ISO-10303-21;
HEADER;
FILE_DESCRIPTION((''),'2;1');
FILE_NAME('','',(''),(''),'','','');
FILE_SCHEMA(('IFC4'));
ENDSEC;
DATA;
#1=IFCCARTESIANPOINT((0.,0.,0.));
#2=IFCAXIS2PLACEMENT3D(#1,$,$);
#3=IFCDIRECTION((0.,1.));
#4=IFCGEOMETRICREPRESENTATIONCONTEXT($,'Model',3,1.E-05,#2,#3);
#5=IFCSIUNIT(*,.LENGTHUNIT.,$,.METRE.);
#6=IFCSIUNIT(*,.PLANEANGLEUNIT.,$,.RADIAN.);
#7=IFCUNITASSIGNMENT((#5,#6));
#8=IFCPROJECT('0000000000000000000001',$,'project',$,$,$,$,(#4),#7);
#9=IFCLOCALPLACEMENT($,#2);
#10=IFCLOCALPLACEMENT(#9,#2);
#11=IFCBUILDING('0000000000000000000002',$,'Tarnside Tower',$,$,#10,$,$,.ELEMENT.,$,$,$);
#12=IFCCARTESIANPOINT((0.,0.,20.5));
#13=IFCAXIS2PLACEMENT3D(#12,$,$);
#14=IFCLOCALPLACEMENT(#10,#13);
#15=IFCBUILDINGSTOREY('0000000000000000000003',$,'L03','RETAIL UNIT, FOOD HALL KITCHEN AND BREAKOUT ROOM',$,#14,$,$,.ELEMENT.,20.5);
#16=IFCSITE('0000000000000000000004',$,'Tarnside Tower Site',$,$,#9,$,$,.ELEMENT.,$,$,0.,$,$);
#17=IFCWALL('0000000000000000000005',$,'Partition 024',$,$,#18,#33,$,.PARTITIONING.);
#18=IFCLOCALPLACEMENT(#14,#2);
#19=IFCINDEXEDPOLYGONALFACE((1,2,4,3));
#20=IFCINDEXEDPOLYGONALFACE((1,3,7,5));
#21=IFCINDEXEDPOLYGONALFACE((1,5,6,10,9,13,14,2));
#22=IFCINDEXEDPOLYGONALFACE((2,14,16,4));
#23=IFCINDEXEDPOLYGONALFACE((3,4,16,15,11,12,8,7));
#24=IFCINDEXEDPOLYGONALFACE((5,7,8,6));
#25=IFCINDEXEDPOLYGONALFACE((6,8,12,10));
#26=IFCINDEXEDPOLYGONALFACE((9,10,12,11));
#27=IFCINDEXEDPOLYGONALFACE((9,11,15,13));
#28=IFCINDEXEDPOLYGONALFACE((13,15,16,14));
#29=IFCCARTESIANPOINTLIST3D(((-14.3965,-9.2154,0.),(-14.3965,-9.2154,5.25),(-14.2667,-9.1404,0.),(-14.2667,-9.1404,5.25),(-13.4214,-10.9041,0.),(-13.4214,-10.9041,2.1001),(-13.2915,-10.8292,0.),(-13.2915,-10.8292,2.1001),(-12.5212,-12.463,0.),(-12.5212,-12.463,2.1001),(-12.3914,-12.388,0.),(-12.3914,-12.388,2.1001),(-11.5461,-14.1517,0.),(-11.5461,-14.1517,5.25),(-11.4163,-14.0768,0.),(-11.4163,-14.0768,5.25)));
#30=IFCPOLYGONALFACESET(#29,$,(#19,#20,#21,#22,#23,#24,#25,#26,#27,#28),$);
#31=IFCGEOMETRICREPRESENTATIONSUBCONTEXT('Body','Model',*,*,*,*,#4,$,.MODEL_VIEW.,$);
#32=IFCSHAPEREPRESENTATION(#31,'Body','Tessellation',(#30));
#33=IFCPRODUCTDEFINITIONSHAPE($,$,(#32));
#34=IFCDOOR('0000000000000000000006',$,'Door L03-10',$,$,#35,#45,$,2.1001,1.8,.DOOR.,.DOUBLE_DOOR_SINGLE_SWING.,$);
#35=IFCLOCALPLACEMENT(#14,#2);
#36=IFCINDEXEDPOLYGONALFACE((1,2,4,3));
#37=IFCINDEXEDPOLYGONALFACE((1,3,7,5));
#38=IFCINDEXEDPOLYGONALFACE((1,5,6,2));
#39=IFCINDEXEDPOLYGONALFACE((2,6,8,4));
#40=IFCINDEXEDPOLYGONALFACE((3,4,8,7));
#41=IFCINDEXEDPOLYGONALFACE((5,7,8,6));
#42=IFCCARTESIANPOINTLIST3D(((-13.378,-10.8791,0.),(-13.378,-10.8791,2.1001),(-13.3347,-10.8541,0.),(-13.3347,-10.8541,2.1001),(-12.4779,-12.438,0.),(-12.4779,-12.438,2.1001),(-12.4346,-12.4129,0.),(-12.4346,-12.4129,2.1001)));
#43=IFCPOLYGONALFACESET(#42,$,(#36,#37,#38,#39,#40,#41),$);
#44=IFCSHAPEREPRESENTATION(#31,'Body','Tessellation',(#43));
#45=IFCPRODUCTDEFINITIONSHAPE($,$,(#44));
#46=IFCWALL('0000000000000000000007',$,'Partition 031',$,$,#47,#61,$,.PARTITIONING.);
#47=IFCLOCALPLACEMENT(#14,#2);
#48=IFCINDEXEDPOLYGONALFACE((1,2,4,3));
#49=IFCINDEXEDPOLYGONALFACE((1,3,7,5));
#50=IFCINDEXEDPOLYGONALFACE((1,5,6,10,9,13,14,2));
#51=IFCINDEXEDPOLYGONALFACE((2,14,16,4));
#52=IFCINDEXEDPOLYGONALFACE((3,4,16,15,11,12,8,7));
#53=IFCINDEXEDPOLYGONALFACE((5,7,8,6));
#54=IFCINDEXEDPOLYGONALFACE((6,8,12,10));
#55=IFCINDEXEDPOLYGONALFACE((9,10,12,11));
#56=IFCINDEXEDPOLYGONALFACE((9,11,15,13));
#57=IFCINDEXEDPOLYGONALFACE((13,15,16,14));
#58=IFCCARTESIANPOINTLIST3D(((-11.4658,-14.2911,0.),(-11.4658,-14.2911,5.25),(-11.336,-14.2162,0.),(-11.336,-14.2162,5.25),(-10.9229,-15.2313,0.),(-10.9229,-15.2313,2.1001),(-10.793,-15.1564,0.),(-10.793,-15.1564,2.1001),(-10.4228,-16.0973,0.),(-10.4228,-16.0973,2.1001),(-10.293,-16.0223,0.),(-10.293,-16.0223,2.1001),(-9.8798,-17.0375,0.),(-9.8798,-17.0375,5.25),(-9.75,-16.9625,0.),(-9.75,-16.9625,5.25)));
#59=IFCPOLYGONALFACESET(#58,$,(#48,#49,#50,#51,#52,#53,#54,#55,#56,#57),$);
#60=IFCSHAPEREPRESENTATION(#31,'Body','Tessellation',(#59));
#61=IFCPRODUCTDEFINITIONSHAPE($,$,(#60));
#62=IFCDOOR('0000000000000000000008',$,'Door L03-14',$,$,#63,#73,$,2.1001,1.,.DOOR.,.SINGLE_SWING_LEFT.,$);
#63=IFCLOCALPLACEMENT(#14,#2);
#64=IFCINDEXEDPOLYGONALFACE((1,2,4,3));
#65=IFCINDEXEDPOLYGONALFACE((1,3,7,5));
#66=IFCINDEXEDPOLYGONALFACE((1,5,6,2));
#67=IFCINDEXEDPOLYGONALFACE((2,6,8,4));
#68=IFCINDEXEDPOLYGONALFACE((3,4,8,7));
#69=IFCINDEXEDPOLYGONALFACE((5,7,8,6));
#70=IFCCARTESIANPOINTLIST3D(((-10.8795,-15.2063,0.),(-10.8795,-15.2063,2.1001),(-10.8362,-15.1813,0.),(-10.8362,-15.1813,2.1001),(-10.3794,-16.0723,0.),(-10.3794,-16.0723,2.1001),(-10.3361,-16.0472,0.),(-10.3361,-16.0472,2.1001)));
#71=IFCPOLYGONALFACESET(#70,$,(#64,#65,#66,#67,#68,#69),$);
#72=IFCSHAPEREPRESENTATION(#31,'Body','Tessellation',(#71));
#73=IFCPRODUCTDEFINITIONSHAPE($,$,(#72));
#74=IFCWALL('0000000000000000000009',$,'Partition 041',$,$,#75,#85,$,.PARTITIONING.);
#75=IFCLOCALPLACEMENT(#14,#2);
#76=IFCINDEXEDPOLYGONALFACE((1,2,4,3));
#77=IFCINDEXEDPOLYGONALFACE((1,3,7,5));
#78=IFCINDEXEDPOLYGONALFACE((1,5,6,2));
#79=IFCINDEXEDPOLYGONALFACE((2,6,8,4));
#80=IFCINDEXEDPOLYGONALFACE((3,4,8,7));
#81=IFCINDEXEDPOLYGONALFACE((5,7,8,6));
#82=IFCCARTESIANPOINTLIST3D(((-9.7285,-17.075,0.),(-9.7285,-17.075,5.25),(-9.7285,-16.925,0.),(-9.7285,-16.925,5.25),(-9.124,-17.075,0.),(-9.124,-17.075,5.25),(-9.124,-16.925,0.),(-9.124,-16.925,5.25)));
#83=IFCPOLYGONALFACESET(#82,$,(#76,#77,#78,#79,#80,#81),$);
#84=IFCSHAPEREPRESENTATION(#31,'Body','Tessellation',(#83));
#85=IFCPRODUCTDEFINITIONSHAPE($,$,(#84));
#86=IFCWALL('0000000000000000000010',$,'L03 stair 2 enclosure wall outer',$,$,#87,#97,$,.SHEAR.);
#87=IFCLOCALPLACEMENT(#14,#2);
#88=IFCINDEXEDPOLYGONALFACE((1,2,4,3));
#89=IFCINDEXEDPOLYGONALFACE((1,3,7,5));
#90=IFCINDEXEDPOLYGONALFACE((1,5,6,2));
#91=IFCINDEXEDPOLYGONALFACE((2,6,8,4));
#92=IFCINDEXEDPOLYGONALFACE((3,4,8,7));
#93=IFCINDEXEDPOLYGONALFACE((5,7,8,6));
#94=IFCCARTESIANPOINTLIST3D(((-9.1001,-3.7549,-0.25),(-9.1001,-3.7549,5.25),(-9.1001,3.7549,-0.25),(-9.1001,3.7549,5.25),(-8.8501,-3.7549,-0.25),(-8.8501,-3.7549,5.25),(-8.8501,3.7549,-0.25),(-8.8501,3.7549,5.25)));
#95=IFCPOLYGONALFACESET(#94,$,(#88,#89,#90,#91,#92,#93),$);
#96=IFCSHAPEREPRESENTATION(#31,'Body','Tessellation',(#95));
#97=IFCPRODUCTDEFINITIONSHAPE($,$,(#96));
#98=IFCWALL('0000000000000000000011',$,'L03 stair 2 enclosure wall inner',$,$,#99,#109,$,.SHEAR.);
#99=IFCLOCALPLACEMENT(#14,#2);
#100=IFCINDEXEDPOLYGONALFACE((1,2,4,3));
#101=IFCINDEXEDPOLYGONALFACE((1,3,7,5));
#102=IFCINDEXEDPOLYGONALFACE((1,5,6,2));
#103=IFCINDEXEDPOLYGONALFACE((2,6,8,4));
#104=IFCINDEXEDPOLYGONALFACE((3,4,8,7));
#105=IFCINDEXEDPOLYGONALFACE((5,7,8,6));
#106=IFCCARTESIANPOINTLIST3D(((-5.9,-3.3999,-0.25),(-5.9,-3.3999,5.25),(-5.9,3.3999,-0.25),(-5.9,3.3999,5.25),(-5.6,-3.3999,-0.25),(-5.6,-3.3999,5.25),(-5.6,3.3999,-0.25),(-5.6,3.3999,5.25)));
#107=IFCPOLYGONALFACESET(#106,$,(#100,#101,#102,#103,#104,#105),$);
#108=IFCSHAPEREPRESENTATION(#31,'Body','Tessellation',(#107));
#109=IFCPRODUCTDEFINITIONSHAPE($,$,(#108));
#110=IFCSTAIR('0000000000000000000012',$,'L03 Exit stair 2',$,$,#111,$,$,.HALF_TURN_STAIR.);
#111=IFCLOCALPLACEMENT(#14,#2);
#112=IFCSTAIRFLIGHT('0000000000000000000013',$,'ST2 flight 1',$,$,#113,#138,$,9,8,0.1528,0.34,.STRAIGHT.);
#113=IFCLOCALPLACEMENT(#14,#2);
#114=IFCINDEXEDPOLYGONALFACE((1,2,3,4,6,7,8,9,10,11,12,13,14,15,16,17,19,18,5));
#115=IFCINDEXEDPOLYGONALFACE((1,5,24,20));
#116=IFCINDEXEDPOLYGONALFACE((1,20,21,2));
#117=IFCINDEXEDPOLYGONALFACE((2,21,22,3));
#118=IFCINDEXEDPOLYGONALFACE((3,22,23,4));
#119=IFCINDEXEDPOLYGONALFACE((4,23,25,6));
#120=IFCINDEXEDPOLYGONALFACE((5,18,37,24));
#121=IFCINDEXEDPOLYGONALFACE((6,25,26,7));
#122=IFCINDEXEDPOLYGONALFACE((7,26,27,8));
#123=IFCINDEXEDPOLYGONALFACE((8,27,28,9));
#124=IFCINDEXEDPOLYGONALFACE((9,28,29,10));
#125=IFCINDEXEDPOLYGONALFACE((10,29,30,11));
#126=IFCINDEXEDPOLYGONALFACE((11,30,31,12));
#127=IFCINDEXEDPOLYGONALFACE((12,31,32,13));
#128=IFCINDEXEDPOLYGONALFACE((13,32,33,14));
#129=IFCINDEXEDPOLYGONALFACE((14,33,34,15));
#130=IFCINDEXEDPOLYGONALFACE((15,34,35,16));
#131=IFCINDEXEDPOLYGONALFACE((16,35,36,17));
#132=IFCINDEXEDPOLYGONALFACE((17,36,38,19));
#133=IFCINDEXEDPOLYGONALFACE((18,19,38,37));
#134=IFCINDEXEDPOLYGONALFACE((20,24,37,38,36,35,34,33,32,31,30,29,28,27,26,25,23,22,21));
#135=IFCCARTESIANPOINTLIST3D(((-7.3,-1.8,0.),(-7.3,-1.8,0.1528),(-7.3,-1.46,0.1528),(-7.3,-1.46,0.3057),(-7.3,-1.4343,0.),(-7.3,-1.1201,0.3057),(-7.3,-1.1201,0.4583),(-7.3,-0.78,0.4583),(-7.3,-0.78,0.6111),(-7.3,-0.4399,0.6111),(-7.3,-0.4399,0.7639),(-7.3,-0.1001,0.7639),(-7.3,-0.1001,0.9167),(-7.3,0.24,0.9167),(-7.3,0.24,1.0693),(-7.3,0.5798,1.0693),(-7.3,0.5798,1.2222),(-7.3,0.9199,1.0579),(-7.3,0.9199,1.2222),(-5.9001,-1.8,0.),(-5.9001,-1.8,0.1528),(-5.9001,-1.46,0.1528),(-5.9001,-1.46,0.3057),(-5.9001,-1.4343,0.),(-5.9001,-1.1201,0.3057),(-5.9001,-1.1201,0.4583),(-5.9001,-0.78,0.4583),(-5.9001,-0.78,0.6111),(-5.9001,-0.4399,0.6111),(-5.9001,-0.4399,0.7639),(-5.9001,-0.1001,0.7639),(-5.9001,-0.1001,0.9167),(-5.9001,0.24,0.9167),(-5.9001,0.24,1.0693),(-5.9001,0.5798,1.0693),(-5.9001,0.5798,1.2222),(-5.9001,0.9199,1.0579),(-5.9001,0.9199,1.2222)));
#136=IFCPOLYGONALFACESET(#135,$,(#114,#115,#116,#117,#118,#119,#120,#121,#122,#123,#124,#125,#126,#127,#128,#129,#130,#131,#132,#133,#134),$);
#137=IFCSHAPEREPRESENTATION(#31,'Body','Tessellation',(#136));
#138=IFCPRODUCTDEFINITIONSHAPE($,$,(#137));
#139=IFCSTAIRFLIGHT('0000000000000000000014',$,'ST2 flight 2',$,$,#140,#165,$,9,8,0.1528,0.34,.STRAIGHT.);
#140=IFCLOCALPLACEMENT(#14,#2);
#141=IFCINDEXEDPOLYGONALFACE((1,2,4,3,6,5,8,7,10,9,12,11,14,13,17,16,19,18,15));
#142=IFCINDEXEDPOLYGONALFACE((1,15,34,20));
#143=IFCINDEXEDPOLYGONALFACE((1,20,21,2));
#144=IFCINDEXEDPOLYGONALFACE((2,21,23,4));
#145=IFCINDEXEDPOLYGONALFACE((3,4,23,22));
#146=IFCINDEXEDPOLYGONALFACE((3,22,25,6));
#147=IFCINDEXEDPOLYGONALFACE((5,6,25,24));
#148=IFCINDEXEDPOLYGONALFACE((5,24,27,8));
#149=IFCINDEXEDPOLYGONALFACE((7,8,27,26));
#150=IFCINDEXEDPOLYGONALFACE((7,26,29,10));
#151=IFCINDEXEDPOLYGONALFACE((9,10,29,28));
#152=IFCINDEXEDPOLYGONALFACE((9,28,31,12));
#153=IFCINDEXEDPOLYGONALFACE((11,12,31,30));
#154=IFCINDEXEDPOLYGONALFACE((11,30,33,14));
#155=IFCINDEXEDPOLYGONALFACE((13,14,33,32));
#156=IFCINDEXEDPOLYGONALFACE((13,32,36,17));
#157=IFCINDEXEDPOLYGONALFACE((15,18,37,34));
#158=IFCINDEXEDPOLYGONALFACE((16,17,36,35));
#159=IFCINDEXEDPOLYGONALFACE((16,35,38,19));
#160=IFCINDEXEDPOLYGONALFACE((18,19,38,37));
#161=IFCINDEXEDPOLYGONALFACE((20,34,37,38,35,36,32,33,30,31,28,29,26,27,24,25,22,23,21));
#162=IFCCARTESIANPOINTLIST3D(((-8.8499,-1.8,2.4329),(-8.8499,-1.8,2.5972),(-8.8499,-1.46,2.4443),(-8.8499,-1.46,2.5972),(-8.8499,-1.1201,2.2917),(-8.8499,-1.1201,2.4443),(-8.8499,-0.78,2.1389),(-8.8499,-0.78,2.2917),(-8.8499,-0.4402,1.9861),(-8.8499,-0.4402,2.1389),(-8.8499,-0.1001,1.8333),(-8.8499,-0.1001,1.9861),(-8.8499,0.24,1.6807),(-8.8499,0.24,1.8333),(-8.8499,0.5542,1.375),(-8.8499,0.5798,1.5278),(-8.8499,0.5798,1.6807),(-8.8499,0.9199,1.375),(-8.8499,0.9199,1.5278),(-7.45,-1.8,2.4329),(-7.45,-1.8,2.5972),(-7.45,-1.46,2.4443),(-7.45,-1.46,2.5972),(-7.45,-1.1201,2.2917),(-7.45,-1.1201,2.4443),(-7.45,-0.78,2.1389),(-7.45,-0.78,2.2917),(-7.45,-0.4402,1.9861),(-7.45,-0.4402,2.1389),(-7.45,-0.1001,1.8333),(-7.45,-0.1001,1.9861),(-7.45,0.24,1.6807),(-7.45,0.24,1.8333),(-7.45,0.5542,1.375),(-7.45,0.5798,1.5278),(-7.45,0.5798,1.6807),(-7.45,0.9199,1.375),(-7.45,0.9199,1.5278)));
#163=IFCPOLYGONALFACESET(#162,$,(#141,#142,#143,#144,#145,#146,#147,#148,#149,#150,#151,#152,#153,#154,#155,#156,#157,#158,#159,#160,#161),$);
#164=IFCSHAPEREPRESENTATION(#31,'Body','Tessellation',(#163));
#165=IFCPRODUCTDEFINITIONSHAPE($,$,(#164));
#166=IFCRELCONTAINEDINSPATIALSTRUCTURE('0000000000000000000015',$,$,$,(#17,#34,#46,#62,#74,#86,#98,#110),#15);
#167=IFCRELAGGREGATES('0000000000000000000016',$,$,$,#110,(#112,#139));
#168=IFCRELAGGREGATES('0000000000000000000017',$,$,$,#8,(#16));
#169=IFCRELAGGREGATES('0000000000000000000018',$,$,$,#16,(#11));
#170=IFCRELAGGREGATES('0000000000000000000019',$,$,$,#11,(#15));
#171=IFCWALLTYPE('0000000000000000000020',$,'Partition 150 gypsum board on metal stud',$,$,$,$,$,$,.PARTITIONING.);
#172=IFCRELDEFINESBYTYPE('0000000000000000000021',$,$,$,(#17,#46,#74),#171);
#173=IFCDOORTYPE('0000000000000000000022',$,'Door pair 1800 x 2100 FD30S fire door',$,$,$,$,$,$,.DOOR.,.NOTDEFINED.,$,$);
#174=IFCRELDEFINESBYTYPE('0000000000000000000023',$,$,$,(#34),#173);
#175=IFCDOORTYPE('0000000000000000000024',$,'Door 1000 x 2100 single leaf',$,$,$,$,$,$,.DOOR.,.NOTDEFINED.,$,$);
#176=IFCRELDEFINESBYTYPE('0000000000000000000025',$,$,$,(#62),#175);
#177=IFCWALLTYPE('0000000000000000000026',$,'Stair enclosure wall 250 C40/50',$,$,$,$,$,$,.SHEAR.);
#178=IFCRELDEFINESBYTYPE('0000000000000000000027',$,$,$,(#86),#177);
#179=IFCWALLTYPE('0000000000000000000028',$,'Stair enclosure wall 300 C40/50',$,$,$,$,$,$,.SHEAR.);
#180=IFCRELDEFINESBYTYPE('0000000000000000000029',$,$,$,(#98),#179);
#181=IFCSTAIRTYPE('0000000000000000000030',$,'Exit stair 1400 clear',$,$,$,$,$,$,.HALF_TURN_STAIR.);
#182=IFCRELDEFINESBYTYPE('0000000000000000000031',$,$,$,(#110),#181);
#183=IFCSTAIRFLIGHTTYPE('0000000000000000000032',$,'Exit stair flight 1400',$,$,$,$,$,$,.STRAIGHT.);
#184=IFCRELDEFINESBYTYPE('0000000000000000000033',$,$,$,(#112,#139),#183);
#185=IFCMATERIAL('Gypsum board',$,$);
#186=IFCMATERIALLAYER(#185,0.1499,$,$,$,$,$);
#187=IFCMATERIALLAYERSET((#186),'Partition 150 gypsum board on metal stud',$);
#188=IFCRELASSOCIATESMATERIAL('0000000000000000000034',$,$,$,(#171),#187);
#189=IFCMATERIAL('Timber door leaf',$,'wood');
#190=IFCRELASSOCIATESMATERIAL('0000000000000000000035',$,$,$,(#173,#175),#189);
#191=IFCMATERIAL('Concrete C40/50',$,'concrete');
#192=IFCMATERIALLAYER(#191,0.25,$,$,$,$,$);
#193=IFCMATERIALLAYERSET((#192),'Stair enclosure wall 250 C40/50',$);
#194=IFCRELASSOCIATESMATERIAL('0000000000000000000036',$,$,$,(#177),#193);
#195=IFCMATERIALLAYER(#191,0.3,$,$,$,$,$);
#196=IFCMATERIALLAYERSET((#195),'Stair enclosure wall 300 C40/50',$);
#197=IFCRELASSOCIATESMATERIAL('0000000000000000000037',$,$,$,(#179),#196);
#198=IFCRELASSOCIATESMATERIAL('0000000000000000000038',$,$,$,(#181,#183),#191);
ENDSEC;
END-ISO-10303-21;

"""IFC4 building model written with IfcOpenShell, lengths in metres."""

from ifc_helpers import new_model, si_unit, direction, frame, frame_2d, origin, place, context, subcontext, project, spatial, polyline, rectangle, outline, extrude, material, layer, layer_set, type_object, element, fill, aggregate, save


model = new_model("IFC4")

# Units and contexts
model_context = context("Model", 3, precision=1e-05, world=origin(), true_north=direction((0.0, 1.0)))
body_context = subcontext(model_context, "Body", "Model", "MODEL_VIEW")
ifc_project = project(units=[si_unit("LENGTHUNIT", "METRE"), si_unit("PLANEANGLEUNIT", "RADIAN")], contexts=[model_context])

# Site, building, storey
site_placement = place(None, origin())
site = spatial("IfcSite", under=ifc_project, at=site_placement, Name="Tarnside Tower Site", CompositionType="ELEMENT", RefElevation=0.0)
building_placement = place(site_placement, origin())
building = spatial("IfcBuilding", under=site, at=building_placement, Name="Tarnside Tower", CompositionType="ELEMENT")
storey_placement = place(building_placement, frame((0.0, 0.0, 20.5)))
storey = spatial("IfcBuildingStorey", under=building, at=storey_placement, Name="L03", Description="RETAIL UNIT, FOOD HALL KITCHEN AND BREAKOUT ROOM", CompositionType="ELEMENT", Elevation=20.5)

# Shared definitions
ifc_material_1 = material(Name="Concrete C40/50", Category="concrete")

# Shared definitions
ifc_material_2 = material(Name="Gypsum board")
ifc_layer_1 = layer(ifc_material_2, 0.1499)
ifc_layer_set_1 = layer_set([ifc_layer_1], Name="Partition 150 gypsum board on metal stud")
wall_type_1 = type_object("IfcWallType", Name="Partition 150 gypsum board on metal stud", PredefinedType="PARTITIONING", material=ifc_layer_set_1)

# Walls, openings, doors
wall_1_placement = place(storey_placement, frame((-11.4812, -14.1143, 0.0), z_axis=(0.0, 0.0, 1.0), x_axis=(-0.50005, 0.865997, 0.0)))
wall_1 = element("IfcWall", 1, at=wall_1_placement, inside=storey, type_object=wall_type_1, Name="Partition 024", PredefinedType="PARTITIONING", context=body_context, shape_type="SweptSolid", body=[
    extrude(rectangle(XDim=5.7002, YDim=0.1499, at=frame_2d((2.8501, 0.0))), origin(), (0.0, 0.0, 1.0), 5.25),
])
opening_1_placement = place(wall_1_placement, frame((1.9502, 0.0, 0.0)))
opening_1 = element("IfcOpeningElement", 2, at=opening_1_placement, cuts=wall_1, PredefinedType="OPENING", context=body_context, shape_type="SweptSolid", body=[
    extrude(rectangle(XDim=1.8, YDim=2.1001, at=frame_2d((0.8999, 1.05))), frame((0.0, 0.085, 0.0), z_axis=(0.0, -1.0, 0.0), x_axis=(1.0, 0.0, 0.0)), (0.0, 0.0, 1.0), 0.1699),
])
ifc_material_3 = material(Name="Timber door leaf", Category="wood")
door_type_1 = type_object("IfcDoorType", Name="Door pair 1800 x 2100 FD30S fire door", OperationType="NOTDEFINED", PredefinedType="DOOR", material=ifc_material_3)
door_1_placement = place(opening_1_placement, origin())
door_1 = element("IfcDoor", 3, at=door_1_placement, inside=storey, type_object=door_type_1, Name="Door L03-10", OperationType="DOUBLE_DOOR_SINGLE_SWING", OverallHeight=2.1001, OverallWidth=1.8, PredefinedType="DOOR", context=body_context, shape_type="SweptSolid", body=[
    extrude(rectangle(XDim=1.8, YDim=2.1001, at=frame_2d((0.8999, 1.05))), frame((0.0, 0.0249, 0.0), z_axis=(0.0, -1.0, 0.0), x_axis=(1.0, 0.0, 0.0)), (0.0, 0.0, 1.0), 0.05),
])
fill(opening_1, door_1)
wall_2_placement = place(storey_placement, frame((-9.8149, -17.0, 0.0), z_axis=(0.0, 0.0, 1.0), x_axis=(-0.50008, 0.865979, 0.0)))
wall_2 = element("IfcWall", 4, at=wall_2_placement, inside=storey, type_object=wall_type_1, Name="Partition 031", PredefinedType="PARTITIONING", context=body_context, shape_type="SweptSolid", body=[
    extrude(rectangle(XDim=3.1714, YDim=0.1499, at=frame_2d((1.5857, 0.0))), origin(), (0.0, 0.0, 1.0), 5.25),
])
opening_2_placement = place(wall_2_placement, frame((1.0857, 0.0, 0.0)))
opening_2 = element("IfcOpeningElement", 5, at=opening_2_placement, cuts=wall_2, PredefinedType="OPENING", context=body_context, shape_type="SweptSolid", body=[
    extrude(rectangle(XDim=1.0, YDim=2.1001, at=frame_2d((0.5, 1.05))), frame((0.0, 0.085, 0.0), z_axis=(0.0, -1.0, 0.0), x_axis=(1.0, 0.0, 0.0)), (0.0, 0.0, 1.0), 0.1699),
])
door_type_2 = type_object("IfcDoorType", Name="Door 1000 x 2100 single leaf", OperationType="NOTDEFINED", PredefinedType="DOOR", material=ifc_material_3)
door_2_placement = place(opening_2_placement, origin())
door_2 = element("IfcDoor", 6, at=door_2_placement, inside=storey, type_object=door_type_2, Name="Door L03-14", OperationType="SINGLE_SWING_LEFT", OverallHeight=2.1001, OverallWidth=1.0, PredefinedType="DOOR", context=body_context, shape_type="SweptSolid", body=[
    extrude(rectangle(XDim=1.0, YDim=2.1001, at=frame_2d((0.5, 1.05))), frame((0.0, 0.0249, 0.0), z_axis=(0.0, -1.0, 0.0), x_axis=(1.0, 0.0, 0.0)), (0.0, 0.0, 1.0), 0.05),
])
fill(opening_2, door_2)

# Walls
wall_3_placement = place(storey_placement, frame((-9.7285, -17.0, 0.0), z_axis=(0.0, 0.0, 1.0), x_axis=(1.0, 0.0, 0.0)))
element("IfcWall", 7, at=wall_3_placement, inside=storey, type_object=wall_type_1, Name="Partition 041", PredefinedType="PARTITIONING", context=body_context, shape_type="SweptSolid", body=[
    extrude(rectangle(XDim=0.6045, YDim=0.1499, at=frame_2d((0.3022, 0.0))), origin(), (0.0, 0.0, 1.0), 5.25),
])
ifc_layer_2 = layer(ifc_material_1, 0.25)
ifc_layer_set_2 = layer_set([ifc_layer_2], Name="Stair enclosure wall 250 C40/50")
wall_type_2 = type_object("IfcWallType", Name="Stair enclosure wall 250 C40/50", PredefinedType="SHEAR", material=ifc_layer_set_2)
wall_4_placement = place(storey_placement, frame((-8.9751, -3.7549, -0.25), z_axis=(0.0, 0.0, 1.0), x_axis=(0.0, 1.0, 0.0)))
element("IfcWall", 8, at=wall_4_placement, inside=storey, type_object=wall_type_2, Name="L03 stair 2 enclosure wall outer", PredefinedType="SHEAR", context=body_context, shape_type="SweptSolid", body=[
    extrude(rectangle(XDim=7.5098, YDim=0.25, at=frame_2d((3.7549, 0.0))), origin(), (0.0, 0.0, 1.0), 5.5),
])
ifc_layer_3 = layer(ifc_material_1, 0.3)
ifc_layer_set_3 = layer_set([ifc_layer_3], Name="Stair enclosure wall 300 C40/50")
wall_type_3 = type_object("IfcWallType", Name="Stair enclosure wall 300 C40/50", PredefinedType="SHEAR", material=ifc_layer_set_3)
wall_5_placement = place(storey_placement, frame((-5.75, -3.3999, -0.25), z_axis=(0.0, 0.0, 1.0), x_axis=(0.0, 1.0, 0.0)))
element("IfcWall", 9, at=wall_5_placement, inside=storey, type_object=wall_type_3, Name="L03 stair 2 enclosure wall inner", PredefinedType="SHEAR", context=body_context, shape_type="SweptSolid", body=[
    extrude(rectangle(XDim=6.7998, YDim=0.3, at=frame_2d((3.3999, 0.0))), origin(), (0.0, 0.0, 1.0), 5.5),
])

# Stair, stair flights
stair_type = type_object("IfcStairType", Name="Exit stair 1400 clear", PredefinedType="HALF_TURN_STAIR", material=ifc_material_1)
stair_placement = place(storey_placement, origin())
stair = element("IfcStair", 10, at=stair_placement, inside=storey, type_object=stair_type, Name="L03 Exit stair 2", PredefinedType="HALF_TURN_STAIR")
stair_flight_type = type_object("IfcStairFlightType", Name="Exit stair flight 1400", PredefinedType="STRAIGHT", material=ifc_material_1)
stair_flight_1_placement = place(storey_placement, frame((-6.6001, -1.8, 0.0), z_axis=(0.0, 0.0, 1.0), x_axis=(0.0, 1.0, 0.0)))
stair_flight_1 = element("IfcStairFlight", 11, at=stair_flight_1_placement, type_object=stair_flight_type, Name="ST2 flight 1", NumberOfRisers=9, NumberOfTreads=8, PredefinedType="STRAIGHT", RiserHeight=0.1528, TreadLength=0.34, context=body_context, shape_type="SweptSolid", body=[
    extrude(outline(polyline([(0.0, 0.0), (0.0, 0.1528), (0.3401, 0.1528), (0.3401, 0.3057), (0.6799, 0.3057), (0.6799, 0.4583), (1.02, 0.4583), (1.02, 0.6111), (1.3601, 0.6111), (1.3601, 0.7639), (1.7, 0.7639), (1.7, 0.9167), (2.04, 0.9167), (2.04, 1.0693), (2.3799, 1.0693), (2.3799, 1.2222), (2.72, 1.2222), (2.72, 1.375), (2.72, 1.0579), (0.3657, 0.0), (0.0, 0.0)])), frame((0.0, 0.7, 0.0), z_axis=(0.0, -1.0, 0.0), x_axis=(1.0, 0.0, 0.0)), (0.0, 0.0, 1.0), 1.3999),
])
stair_flight_2_placement = place(storey_placement, frame((-8.1499, 0.9199, 1.375), z_axis=(0.0, 0.0, 1.0), x_axis=(0.0, -1.0, 0.0)))
stair_flight_2 = element("IfcStairFlight", 12, at=stair_flight_2_placement, type_object=stair_flight_type, Name="ST2 flight 2", NumberOfRisers=9, NumberOfTreads=8, PredefinedType="STRAIGHT", RiserHeight=0.1528, TreadLength=0.34, context=body_context, shape_type="SweptSolid", body=[
    extrude(outline(polyline([(0.0, 0.0), (0.0, 0.1528), (0.3401, 0.1528), (0.3401, 0.3057), (0.6799, 0.3057), (0.6799, 0.4583), (1.02, 0.4583), (1.02, 0.6111), (1.3601, 0.6111), (1.3601, 0.7639), (1.7, 0.7639), (1.7, 0.9167), (2.04, 0.9167), (2.04, 1.0693), (2.3799, 1.0693), (2.3799, 1.2222), (2.72, 1.2222), (2.72, 1.375), (2.72, 1.0579), (0.3657, 0.0), (0.0, 0.0)])), frame((0.0, 0.7, 0.0), z_axis=(0.0, -1.0, 0.0), x_axis=(1.0, 0.0, 0.0)), (0.0, 0.0, 1.0), 1.3999),
])
aggregate(stair, [stair_flight_1, stair_flight_2])

save(model, "model.ifc")
